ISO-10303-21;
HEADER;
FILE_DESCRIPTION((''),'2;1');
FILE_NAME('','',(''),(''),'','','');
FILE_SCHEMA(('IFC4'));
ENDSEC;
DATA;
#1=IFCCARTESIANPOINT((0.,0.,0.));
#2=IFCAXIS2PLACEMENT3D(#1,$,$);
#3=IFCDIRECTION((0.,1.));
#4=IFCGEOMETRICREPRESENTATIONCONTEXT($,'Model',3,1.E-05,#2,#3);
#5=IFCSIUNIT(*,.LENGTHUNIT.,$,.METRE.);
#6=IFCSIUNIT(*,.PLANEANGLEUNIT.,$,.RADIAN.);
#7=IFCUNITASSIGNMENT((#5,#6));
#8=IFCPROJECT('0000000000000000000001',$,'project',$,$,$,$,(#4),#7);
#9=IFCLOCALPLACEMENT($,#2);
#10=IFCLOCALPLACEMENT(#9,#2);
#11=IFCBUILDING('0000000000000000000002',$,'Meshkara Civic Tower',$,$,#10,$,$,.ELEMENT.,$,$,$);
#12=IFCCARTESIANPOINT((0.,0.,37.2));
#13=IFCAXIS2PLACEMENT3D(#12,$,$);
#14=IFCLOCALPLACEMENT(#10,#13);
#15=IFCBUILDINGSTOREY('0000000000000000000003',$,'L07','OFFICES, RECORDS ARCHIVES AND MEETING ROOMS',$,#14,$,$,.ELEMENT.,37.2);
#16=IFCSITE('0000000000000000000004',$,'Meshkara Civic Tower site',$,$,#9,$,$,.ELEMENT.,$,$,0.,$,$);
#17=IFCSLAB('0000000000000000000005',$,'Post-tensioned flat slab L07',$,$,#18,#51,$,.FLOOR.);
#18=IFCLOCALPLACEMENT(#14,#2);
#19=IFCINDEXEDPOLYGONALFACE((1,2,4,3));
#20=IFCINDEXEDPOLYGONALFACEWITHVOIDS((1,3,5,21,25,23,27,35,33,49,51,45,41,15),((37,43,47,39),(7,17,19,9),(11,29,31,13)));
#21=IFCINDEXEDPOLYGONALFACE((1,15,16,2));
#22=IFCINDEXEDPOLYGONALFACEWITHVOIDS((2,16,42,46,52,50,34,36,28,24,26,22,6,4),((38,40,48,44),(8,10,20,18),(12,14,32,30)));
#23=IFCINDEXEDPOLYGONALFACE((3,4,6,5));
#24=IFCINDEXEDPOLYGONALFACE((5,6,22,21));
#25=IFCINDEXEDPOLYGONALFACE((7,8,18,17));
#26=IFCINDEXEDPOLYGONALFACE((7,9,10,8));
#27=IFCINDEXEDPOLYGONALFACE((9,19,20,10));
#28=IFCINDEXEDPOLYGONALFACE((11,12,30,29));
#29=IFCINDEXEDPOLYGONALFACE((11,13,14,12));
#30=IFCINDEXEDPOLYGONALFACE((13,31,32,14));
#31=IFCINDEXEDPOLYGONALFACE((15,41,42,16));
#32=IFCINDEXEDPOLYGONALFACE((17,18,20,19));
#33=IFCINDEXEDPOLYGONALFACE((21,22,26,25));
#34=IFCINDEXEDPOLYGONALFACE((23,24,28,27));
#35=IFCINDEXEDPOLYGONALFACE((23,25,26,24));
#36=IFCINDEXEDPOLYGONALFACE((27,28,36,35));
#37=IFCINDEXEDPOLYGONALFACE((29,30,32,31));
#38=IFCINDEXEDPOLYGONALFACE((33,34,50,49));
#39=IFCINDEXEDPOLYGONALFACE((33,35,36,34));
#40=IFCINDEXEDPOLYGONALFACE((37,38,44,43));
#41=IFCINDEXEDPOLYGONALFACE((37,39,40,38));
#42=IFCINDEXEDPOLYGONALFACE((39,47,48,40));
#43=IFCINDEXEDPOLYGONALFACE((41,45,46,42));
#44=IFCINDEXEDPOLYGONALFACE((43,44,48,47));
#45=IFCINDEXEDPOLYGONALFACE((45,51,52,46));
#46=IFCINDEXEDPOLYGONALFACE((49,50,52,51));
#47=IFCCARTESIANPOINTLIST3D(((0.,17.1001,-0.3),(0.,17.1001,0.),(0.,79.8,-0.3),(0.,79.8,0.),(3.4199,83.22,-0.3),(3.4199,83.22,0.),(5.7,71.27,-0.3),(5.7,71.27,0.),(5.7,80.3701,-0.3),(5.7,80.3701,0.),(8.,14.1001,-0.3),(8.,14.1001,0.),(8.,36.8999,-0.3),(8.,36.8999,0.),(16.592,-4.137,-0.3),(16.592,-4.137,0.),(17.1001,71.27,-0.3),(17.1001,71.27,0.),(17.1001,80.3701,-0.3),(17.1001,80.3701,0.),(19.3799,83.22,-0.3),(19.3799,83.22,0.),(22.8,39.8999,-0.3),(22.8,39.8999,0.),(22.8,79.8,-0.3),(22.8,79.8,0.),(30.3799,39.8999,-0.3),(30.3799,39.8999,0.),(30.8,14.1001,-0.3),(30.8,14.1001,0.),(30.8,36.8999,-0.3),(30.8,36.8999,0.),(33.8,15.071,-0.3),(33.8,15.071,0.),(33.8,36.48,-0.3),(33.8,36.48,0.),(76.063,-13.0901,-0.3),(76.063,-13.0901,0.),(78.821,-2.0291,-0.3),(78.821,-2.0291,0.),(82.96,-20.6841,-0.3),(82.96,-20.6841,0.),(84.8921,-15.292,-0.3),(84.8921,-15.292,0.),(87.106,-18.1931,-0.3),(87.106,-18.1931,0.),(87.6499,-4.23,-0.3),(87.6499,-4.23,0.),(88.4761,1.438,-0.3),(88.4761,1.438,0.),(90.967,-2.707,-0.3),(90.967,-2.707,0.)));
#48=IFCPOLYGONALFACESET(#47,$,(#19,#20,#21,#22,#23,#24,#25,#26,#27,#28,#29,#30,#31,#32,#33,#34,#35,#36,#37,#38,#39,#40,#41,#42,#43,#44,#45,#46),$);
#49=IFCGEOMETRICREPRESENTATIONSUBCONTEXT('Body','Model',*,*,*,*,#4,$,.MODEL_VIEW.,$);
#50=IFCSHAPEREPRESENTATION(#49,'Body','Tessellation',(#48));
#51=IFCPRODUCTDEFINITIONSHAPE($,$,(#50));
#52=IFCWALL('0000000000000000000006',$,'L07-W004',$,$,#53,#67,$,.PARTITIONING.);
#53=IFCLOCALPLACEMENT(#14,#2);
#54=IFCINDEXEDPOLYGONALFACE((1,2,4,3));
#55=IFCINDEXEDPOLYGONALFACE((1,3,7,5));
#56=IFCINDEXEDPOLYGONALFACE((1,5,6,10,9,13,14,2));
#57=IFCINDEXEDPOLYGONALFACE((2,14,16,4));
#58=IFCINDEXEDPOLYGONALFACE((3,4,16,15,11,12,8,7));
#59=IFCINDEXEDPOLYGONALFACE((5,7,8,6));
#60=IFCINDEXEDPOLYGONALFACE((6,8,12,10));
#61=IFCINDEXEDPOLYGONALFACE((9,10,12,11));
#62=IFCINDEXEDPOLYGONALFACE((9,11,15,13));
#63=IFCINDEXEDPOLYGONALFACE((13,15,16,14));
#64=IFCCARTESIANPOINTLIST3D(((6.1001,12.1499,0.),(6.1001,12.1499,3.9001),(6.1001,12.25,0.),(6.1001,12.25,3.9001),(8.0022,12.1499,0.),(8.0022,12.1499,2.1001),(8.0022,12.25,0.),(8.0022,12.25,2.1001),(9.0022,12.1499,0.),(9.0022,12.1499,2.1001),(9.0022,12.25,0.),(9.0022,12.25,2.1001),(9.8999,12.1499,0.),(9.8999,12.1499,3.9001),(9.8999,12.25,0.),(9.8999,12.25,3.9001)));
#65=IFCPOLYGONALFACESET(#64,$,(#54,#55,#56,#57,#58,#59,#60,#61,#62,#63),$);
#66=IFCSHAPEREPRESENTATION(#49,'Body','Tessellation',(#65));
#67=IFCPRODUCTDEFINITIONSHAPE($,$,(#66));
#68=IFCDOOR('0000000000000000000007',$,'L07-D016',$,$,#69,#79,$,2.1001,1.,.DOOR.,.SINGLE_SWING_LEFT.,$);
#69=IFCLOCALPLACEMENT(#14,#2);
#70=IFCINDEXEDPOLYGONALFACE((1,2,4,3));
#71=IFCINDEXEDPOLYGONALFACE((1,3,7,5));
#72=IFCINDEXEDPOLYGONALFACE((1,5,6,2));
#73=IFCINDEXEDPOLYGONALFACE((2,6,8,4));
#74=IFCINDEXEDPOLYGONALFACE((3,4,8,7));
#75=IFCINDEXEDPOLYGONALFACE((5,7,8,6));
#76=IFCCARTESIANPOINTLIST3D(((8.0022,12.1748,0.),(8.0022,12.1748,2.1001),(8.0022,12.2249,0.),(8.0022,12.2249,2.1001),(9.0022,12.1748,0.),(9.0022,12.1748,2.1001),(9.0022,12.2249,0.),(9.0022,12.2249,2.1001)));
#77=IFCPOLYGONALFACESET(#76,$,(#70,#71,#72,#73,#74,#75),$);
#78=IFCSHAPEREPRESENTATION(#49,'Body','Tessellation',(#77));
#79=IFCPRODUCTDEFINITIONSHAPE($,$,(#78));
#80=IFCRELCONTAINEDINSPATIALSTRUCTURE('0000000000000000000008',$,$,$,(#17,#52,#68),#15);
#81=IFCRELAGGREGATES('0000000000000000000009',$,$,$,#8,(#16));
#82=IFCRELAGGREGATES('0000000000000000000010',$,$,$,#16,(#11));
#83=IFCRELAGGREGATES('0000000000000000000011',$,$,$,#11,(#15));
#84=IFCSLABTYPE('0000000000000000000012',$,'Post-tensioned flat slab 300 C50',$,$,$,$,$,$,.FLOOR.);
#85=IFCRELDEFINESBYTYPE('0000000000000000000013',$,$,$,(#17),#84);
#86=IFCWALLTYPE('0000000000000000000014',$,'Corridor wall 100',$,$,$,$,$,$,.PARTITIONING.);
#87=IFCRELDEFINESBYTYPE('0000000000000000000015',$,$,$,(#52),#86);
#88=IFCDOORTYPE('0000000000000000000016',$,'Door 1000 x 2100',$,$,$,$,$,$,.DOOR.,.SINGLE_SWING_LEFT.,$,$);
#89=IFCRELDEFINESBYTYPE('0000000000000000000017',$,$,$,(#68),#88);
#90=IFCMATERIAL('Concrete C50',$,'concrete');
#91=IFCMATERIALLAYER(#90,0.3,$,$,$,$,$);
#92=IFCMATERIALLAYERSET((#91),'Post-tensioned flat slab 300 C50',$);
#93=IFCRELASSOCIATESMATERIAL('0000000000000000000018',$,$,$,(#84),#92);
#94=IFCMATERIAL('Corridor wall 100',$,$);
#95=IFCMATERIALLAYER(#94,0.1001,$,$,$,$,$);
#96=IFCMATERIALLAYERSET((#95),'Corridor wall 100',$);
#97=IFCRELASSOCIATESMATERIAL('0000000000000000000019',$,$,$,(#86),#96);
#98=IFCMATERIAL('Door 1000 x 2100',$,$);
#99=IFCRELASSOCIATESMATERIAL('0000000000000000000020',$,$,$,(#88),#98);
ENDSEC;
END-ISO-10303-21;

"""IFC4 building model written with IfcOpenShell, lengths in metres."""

from ifc_helpers import new_model, si_unit, direction, frame, frame_2d, origin, place, context, subcontext, project, spatial, polyline, rectangle, outline, extrude, material, layer, layer_set, type_object, element, fill, save


model = new_model("IFC4")

# Units and contexts
model_context = context("Model", 3, precision=1e-05, world=origin(), true_north=direction((0.0, 1.0)))
body_context = subcontext(model_context, "Body", "Model", "MODEL_VIEW")
ifc_project = project(units=[si_unit("LENGTHUNIT", "METRE"), si_unit("PLANEANGLEUNIT", "RADIAN")], contexts=[model_context])

# Site, building, storey
site_placement = place(None, origin())
site = spatial("IfcSite", under=ifc_project, at=site_placement, Name="Meshkara Civic Tower site", CompositionType="ELEMENT", RefElevation=0.0)
building_placement = place(site_placement, origin())
building = spatial("IfcBuilding", under=site, at=building_placement, Name="Meshkara Civic Tower", CompositionType="ELEMENT")
storey_placement = place(building_placement, frame((0.0, 0.0, 37.2)))
storey = spatial("IfcBuildingStorey", under=building, at=storey_placement, Name="L07", Description="OFFICES, RECORDS ARCHIVES AND MEETING ROOMS", CompositionType="ELEMENT", Elevation=37.2)

# Slab
ifc_material_1 = material(Name="Concrete C50", Category="concrete")
ifc_layer_1 = layer(ifc_material_1, 0.3)
ifc_layer_set_1 = layer_set([ifc_layer_1], Name="Post-tensioned flat slab 300 C50")
slab_type_1 = type_object("IfcSlabType", Name="Post-tensioned flat slab 300 C50", PredefinedType="FLOOR", material=ifc_layer_set_1)
slab_1_placement = place(storey_placement, frame((0.0, 0.0, -0.3)))
element("IfcSlab", 1, at=slab_1_placement, inside=storey, type_object=slab_type_1, Name="Post-tensioned flat slab L07", PredefinedType="FLOOR", context=body_context, shape_type="SweptSolid", body=[
    extrude(outline(polyline([(87.106, -18.1931), (82.96, -20.6841), (16.592, -4.137), (0.0, 17.1001), (0.0, 79.8), (3.4199, 83.22), (19.3799, 83.22), (22.8, 79.8), (22.8, 39.8999), (30.3799, 39.8999), (33.8, 36.48), (33.8, 15.071), (88.4761, 1.438), (90.967, -2.707), (87.106, -18.1931)]), holes=[polyline([(84.8921, -15.292), (87.6499, -4.23), (78.821, -2.0291), (76.063, -13.0901), (84.8921, -15.292)]), polyline([(8.0, 14.1001), (30.8, 14.1001), (30.8, 36.8999), (8.0, 36.8999), (8.0, 14.1001)]), polyline([(5.7, 80.3701), (5.7, 71.27), (17.1001, 71.27), (17.1001, 80.3701), (5.7, 80.3701)])]), origin(), (0.0, 0.0, 1.0), 0.3),
])

# Wall, opening, door
ifc_material_2 = material(Name="Corridor wall 100")
ifc_layer_2 = layer(ifc_material_2, 0.1001)
ifc_layer_set_2 = layer_set([ifc_layer_2], Name="Corridor wall 100")
wall_type_1 = type_object("IfcWallType", Name="Corridor wall 100", PredefinedType="PARTITIONING", material=ifc_layer_set_2)
wall_1_placement = place(storey_placement, frame((6.1001, 12.2, 0.0), z_axis=(0.0, 0.0, 1.0), x_axis=(1.0, 0.0, 0.0)))
wall_1 = element("IfcWall", 2, at=wall_1_placement, inside=storey, type_object=wall_type_1, Name="L07-W004", PredefinedType="PARTITIONING", context=body_context, shape_type="SweptSolid", body=[
    extrude(rectangle(XDim=3.7998, YDim=0.1001, at=frame_2d((1.8999, 0.0))), origin(), (0.0, 0.0, 1.0), 3.9001),
])
opening_1_placement = place(wall_1_placement, frame((1.9021, 0.0, 0.0)))
opening_1 = element("IfcOpeningElement", 3, at=opening_1_placement, cuts=wall_1, PredefinedType="OPENING", context=body_context, shape_type="SweptSolid", body=[
    extrude(rectangle(XDim=1.0, YDim=2.1001, at=frame_2d((0.5, 1.05))), frame((0.0, 0.0601, 0.0), z_axis=(0.0, -1.0, 0.0), x_axis=(1.0, 0.0, 0.0)), (0.0, 0.0, 1.0), 0.1201),
])
ifc_material_3 = material(Name="Door 1000 x 2100")
door_type_1 = type_object("IfcDoorType", Name="Door 1000 x 2100", OperationType="SINGLE_SWING_LEFT", PredefinedType="DOOR", material=ifc_material_3)
door_1_placement = place(opening_1_placement, origin())
door_1 = element("IfcDoor", 4, at=door_1_placement, inside=storey, type_object=door_type_1, Name="L07-D016", OperationType="SINGLE_SWING_LEFT", OverallHeight=2.1001, OverallWidth=1.0, PredefinedType="DOOR", context=body_context, shape_type="SweptSolid", body=[
    extrude(rectangle(XDim=1.0, YDim=2.1001, at=frame_2d((0.5, 1.05))), frame((0.0, 0.0249, 0.0), z_axis=(0.0, -1.0, 0.0), x_axis=(1.0, 0.0, 0.0)), (0.0, 0.0, 1.0), 0.05),
])
fill(opening_1, door_1)

save(model, "model.ifc")
